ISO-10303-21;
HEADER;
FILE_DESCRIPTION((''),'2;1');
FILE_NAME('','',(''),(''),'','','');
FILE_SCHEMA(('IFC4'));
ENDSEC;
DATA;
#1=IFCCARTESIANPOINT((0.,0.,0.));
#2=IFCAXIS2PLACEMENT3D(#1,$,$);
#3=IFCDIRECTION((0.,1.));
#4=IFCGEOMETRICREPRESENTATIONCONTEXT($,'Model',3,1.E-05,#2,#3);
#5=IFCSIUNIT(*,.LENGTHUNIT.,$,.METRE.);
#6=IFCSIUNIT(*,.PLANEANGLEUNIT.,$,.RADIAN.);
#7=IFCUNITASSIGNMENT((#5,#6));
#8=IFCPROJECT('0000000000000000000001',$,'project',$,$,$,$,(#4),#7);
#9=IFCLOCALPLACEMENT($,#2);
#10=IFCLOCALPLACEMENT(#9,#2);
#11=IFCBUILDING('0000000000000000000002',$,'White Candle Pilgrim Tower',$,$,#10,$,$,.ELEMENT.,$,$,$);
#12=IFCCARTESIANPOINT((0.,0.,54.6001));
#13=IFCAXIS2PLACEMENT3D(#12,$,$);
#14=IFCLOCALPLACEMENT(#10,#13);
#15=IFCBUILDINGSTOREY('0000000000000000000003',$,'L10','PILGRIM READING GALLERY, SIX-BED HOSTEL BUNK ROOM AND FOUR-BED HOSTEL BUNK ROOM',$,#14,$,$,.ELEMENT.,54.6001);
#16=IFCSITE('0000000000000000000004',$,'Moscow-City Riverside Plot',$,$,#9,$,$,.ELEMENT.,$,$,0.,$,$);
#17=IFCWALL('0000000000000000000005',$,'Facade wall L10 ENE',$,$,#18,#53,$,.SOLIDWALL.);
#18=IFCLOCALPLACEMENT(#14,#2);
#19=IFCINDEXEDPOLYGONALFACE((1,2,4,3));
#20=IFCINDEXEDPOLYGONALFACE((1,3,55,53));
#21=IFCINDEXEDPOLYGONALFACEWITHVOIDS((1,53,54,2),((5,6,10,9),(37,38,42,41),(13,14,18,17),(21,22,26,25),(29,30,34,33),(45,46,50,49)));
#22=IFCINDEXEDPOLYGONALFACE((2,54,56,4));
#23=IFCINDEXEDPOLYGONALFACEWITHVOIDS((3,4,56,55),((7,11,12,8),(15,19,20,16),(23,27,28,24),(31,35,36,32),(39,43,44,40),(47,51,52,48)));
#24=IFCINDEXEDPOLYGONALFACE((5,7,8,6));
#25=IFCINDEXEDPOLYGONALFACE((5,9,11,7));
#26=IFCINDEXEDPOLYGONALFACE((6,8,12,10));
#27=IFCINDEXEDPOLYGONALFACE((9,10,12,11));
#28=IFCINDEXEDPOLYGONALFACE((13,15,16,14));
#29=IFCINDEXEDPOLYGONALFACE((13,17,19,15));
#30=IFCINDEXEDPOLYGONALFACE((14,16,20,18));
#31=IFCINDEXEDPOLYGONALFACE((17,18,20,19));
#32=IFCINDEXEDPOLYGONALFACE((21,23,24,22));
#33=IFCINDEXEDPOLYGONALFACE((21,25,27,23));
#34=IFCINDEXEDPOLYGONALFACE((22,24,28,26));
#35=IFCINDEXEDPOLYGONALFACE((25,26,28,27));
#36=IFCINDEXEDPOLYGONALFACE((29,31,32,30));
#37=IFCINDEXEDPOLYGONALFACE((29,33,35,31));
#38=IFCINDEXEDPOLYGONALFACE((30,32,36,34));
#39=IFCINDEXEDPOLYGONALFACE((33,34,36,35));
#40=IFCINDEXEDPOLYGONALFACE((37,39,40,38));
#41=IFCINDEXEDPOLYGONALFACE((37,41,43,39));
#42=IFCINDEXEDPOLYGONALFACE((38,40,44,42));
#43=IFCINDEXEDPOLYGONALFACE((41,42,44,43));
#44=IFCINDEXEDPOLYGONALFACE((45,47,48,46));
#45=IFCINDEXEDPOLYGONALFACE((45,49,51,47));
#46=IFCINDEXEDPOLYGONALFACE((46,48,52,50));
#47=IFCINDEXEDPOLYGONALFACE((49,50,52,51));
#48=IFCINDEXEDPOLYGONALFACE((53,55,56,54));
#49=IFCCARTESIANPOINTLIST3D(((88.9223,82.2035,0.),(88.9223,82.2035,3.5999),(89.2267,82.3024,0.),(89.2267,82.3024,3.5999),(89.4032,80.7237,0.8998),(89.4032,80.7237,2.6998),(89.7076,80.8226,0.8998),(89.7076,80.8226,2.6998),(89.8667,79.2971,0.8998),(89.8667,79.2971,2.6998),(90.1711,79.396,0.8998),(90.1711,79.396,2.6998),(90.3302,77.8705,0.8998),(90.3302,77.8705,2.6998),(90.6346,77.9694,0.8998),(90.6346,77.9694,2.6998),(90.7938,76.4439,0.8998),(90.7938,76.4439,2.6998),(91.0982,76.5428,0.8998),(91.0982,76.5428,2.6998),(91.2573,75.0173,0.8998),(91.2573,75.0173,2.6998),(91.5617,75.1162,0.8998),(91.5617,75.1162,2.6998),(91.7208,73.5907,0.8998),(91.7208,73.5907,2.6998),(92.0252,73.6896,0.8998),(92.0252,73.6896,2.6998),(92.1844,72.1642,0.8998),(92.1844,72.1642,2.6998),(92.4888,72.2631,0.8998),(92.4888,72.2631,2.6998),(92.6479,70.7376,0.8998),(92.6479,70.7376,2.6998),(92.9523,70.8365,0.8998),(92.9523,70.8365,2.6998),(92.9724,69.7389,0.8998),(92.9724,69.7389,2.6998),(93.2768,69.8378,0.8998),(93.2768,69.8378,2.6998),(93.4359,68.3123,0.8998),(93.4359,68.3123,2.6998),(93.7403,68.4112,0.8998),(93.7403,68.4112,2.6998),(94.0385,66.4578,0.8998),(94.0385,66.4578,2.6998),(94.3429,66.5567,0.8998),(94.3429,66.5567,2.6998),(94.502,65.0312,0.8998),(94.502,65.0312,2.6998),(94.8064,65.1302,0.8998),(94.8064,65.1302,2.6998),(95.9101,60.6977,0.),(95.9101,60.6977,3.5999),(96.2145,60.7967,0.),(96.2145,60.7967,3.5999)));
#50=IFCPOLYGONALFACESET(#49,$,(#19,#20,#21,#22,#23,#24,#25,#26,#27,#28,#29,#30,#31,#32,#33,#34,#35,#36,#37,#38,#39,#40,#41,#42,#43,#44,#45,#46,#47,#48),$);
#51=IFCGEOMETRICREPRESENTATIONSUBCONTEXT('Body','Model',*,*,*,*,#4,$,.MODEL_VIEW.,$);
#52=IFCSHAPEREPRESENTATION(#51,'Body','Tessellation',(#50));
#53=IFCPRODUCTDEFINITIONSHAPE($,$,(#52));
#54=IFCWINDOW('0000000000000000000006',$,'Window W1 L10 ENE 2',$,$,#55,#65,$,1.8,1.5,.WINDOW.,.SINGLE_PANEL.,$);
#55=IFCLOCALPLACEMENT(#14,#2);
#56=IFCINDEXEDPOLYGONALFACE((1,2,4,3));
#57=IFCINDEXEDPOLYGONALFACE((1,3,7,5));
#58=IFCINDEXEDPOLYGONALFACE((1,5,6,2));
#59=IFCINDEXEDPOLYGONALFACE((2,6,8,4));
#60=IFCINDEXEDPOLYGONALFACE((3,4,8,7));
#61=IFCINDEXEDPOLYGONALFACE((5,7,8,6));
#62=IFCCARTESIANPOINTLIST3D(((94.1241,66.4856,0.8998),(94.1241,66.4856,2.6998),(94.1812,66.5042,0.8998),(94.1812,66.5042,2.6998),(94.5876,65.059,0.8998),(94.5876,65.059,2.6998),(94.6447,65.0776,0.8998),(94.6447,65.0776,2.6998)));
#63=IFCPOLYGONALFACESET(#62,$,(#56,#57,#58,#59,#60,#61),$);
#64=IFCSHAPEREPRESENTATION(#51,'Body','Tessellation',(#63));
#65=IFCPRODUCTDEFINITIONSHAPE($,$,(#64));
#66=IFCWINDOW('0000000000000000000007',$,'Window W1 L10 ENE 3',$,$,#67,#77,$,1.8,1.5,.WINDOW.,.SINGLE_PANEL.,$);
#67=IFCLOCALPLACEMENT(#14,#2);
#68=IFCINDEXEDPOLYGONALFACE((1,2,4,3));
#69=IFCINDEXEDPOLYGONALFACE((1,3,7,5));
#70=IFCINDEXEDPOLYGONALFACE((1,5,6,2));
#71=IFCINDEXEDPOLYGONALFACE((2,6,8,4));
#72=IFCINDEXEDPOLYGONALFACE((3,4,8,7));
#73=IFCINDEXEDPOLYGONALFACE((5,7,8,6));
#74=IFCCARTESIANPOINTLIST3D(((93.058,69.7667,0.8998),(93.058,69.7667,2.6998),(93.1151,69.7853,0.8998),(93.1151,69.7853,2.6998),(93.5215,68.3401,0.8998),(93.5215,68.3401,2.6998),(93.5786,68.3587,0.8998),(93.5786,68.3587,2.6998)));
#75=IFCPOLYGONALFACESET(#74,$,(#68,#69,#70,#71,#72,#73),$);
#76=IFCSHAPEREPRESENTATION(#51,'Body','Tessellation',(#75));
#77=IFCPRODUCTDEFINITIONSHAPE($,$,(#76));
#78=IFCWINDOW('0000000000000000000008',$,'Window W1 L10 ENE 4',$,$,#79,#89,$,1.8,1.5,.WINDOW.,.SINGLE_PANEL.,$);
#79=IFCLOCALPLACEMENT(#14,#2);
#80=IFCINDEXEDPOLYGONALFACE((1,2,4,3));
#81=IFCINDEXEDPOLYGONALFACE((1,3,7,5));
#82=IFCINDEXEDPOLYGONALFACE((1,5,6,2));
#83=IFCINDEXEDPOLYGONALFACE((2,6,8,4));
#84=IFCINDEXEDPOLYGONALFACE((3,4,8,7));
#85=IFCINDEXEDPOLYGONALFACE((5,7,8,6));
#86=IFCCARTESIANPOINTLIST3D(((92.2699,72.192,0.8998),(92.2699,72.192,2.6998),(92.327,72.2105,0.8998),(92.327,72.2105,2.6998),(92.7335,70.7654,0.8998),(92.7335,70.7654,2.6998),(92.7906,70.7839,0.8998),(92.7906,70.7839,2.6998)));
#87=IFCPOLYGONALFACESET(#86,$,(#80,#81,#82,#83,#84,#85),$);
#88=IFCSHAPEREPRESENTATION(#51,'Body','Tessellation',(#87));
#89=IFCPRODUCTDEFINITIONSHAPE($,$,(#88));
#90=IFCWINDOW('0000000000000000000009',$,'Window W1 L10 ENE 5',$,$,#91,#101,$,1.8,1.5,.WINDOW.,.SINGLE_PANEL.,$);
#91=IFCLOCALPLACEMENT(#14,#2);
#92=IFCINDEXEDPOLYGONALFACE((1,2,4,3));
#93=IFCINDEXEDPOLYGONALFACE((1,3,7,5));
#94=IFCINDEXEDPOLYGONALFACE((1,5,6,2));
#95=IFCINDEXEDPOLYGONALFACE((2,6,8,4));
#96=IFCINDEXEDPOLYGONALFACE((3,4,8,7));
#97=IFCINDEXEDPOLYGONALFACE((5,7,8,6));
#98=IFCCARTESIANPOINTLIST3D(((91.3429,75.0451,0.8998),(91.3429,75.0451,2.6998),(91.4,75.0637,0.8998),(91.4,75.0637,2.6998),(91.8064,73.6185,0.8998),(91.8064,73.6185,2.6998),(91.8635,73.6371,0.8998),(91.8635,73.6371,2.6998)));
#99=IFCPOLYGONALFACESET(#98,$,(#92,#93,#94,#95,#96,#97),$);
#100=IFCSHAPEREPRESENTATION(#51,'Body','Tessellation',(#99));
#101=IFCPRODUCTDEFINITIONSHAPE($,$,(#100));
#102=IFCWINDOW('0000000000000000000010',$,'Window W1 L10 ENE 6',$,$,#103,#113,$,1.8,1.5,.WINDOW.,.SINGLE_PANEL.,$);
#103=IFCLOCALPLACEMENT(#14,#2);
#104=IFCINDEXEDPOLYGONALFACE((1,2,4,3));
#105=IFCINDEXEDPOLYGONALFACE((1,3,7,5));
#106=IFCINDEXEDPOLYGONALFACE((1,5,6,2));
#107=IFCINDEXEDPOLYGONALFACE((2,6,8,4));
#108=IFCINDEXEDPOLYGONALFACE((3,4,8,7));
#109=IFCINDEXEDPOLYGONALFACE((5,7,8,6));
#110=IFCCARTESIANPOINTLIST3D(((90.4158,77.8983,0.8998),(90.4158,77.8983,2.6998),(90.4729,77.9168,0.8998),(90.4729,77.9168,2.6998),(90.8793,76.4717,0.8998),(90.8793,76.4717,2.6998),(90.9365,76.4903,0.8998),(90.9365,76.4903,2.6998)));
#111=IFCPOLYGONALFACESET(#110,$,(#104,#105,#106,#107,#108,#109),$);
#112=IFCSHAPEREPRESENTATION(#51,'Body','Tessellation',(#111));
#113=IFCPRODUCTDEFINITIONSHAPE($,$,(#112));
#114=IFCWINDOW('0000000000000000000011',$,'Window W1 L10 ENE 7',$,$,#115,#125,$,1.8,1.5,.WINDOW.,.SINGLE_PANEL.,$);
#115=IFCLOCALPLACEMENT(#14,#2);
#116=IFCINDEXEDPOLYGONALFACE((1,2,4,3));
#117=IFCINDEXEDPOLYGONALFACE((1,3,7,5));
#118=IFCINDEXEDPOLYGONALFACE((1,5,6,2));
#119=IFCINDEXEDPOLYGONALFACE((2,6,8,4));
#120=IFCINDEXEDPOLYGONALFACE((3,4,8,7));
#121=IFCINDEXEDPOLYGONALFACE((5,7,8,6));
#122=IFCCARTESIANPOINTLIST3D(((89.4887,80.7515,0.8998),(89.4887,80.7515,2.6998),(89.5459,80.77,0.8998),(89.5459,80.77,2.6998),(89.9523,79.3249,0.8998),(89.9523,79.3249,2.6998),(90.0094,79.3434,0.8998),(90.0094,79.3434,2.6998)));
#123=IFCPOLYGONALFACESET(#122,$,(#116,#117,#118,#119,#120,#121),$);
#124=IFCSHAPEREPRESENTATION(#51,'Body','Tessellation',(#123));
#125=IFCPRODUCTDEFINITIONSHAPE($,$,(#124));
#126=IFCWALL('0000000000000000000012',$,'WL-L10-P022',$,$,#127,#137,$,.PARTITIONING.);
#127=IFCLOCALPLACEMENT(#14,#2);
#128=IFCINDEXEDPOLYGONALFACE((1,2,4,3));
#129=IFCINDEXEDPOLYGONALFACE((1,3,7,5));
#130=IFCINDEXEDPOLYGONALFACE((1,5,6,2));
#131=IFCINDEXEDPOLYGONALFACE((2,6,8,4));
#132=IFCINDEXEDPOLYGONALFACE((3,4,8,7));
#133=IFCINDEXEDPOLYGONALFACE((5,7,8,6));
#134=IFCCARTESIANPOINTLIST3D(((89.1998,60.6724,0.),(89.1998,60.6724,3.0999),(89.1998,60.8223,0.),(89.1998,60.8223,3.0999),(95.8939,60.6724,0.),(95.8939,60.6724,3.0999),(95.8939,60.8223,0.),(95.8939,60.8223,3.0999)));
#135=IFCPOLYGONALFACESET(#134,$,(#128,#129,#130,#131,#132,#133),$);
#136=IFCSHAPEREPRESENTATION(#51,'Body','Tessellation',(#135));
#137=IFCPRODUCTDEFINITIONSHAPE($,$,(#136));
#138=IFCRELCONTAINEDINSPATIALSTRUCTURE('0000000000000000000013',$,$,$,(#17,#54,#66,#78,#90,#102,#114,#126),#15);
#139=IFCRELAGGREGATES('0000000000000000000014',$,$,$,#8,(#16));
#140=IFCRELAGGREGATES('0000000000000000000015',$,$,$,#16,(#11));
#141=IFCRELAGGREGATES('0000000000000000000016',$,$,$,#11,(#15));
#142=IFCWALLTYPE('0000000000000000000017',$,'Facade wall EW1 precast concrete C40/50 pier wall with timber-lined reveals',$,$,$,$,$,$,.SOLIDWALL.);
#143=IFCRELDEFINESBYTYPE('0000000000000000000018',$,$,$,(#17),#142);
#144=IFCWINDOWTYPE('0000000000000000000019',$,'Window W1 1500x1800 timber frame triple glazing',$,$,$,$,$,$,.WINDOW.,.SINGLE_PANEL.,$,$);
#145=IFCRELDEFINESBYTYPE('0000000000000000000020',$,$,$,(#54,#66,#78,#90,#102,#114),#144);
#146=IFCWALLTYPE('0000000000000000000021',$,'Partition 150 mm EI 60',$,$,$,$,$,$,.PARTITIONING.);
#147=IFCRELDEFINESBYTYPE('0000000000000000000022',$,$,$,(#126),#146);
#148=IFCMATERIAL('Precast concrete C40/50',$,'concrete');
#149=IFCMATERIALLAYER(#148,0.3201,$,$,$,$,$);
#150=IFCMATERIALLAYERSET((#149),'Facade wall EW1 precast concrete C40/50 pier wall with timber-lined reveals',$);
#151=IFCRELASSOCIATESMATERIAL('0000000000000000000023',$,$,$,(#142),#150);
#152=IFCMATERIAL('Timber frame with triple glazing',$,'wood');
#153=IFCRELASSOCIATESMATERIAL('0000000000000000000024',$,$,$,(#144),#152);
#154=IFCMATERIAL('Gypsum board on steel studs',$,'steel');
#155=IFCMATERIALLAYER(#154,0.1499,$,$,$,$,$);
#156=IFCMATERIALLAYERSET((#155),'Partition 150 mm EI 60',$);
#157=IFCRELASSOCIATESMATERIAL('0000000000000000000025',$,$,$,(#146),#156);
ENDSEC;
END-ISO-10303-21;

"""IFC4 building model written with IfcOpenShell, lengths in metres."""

from ifc_helpers import new_model, si_unit, direction, frame, frame_2d, origin, place, context, subcontext, project, spatial, rectangle, extrude, material, layer, layer_set, type_object, element, fill, save


model = new_model("IFC4")

# Units and contexts
model_context = context("Model", 3, precision=1e-05, world=origin(), true_north=direction((0.0, 1.0)))
body_context = subcontext(model_context, "Body", "Model", "MODEL_VIEW")
ifc_project = project(units=[si_unit("LENGTHUNIT", "METRE"), si_unit("PLANEANGLEUNIT", "RADIAN")], contexts=[model_context])

# Site, building, storey
site_placement = place(None, origin())
site = spatial("IfcSite", under=ifc_project, at=site_placement, Name="Moscow-City Riverside Plot", CompositionType="ELEMENT", RefElevation=0.0)
building_placement = place(site_placement, origin())
building = spatial("IfcBuilding", under=site, at=building_placement, Name="White Candle Pilgrim Tower", CompositionType="ELEMENT")
storey_placement = place(building_placement, frame((0.0, 0.0, 54.6001)))
storey = spatial("IfcBuildingStorey", under=building, at=storey_placement, Name="L10", Description="PILGRIM READING GALLERY, SIX-BED HOSTEL BUNK ROOM AND FOUR-BED HOSTEL BUNK ROOM", CompositionType="ELEMENT", Elevation=54.6001)

# Shared definitions
ifc_material_1 = material(Name="Gypsum board on steel studs", Category="steel")

# Wall, openings, windows
ifc_material_2 = material(Name="Precast concrete C40/50", Category="concrete")
ifc_layer_1 = layer(ifc_material_2, 0.3201)
ifc_layer_set_1 = layer_set([ifc_layer_1], Name="Facade wall EW1 precast concrete C40/50 pier wall with timber-lined reveals")
wall_type_1 = type_object("IfcWallType", Name="Facade wall EW1 precast concrete C40/50 pier wall with timber-lined reveals", PredefinedType="SOLIDWALL", material=ifc_layer_set_1)
wall_1_placement = place(storey_placement, frame((96.0623, 60.7473, 0.0), z_axis=(0.0, 0.0, 1.0), x_axis=(-0.309022, 0.951055, 0.0)))
wall_1 = element("IfcWall", 1, at=wall_1_placement, inside=storey, type_object=wall_type_1, Name="Facade wall L10 ENE", PredefinedType="SOLIDWALL", context=body_context, shape_type="SweptSolid", body=[
    extrude(rectangle(XDim=22.6125, YDim=0.3201, at=frame_2d((11.3062, 0.0))), origin(), (0.0, 0.0, 1.0), 3.5999),
])
opening_1_placement = place(wall_1_placement, frame((4.5564, 0.0, 0.8999)))
opening_1 = element("IfcOpeningElement", 2, at=opening_1_placement, cuts=wall_1, PredefinedType="OPENING", context=body_context, shape_type="SweptSolid", body=[
    extrude(rectangle(XDim=1.5, YDim=1.8, at=frame_2d((0.75, 0.8999))), frame((0.0, 0.1699, 0.0), z_axis=(0.0, -1.0, 0.0), x_axis=(1.0, 0.0, 0.0)), (0.0, 0.0, 1.0), 0.3401),
])
opening_2_placement = place(wall_1_placement, frame((8.0063, 0.0, 0.8999)))
opening_2 = element("IfcOpeningElement", 3, at=opening_2_placement, cuts=wall_1, PredefinedType="OPENING", context=body_context, shape_type="SweptSolid", body=[
    extrude(rectangle(XDim=1.5, YDim=1.8, at=frame_2d((0.75, 0.8999))), frame((0.0, 0.1699, 0.0), z_axis=(0.0, -1.0, 0.0), x_axis=(1.0, 0.0, 0.0)), (0.0, 0.0, 1.0), 0.3401),
])
opening_3_placement = place(wall_1_placement, frame((10.5564, 0.0, 0.8999)))
opening_3 = element("IfcOpeningElement", 4, at=opening_3_placement, cuts=wall_1, PredefinedType="OPENING", context=body_context, shape_type="SweptSolid", body=[
    extrude(rectangle(XDim=1.5, YDim=1.8, at=frame_2d((0.75, 0.8999))), frame((0.0, 0.1699, 0.0), z_axis=(0.0, -1.0, 0.0), x_axis=(1.0, 0.0, 0.0)), (0.0, 0.0, 1.0), 0.3401),
])
opening_4_placement = place(wall_1_placement, frame((13.5564, 0.0, 0.8999)))
opening_4 = element("IfcOpeningElement", 5, at=opening_4_placement, cuts=wall_1, PredefinedType="OPENING", context=body_context, shape_type="SweptSolid", body=[
    extrude(rectangle(XDim=1.5, YDim=1.8, at=frame_2d((0.75, 0.8999))), frame((0.0, 0.1699, 0.0), z_axis=(0.0, -1.0, 0.0), x_axis=(1.0, 0.0, 0.0)), (0.0, 0.0, 1.0), 0.3401),
])
opening_5_placement = place(wall_1_placement, frame((16.5564, 0.0, 0.8999)))
opening_5 = element("IfcOpeningElement", 6, at=opening_5_placement, cuts=wall_1, PredefinedType="OPENING", context=body_context, shape_type="SweptSolid", body=[
    extrude(rectangle(XDim=1.5, YDim=1.8, at=frame_2d((0.75, 0.8999))), frame((0.0, 0.1699, 0.0), z_axis=(0.0, -1.0, 0.0), x_axis=(1.0, 0.0, 0.0)), (0.0, 0.0, 1.0), 0.3401),
])
opening_6_placement = place(wall_1_placement, frame((19.5564, 0.0, 0.8999)))
opening_6 = element("IfcOpeningElement", 7, at=opening_6_placement, cuts=wall_1, PredefinedType="OPENING", context=body_context, shape_type="SweptSolid", body=[
    extrude(rectangle(XDim=1.5, YDim=1.8, at=frame_2d((0.75, 0.8999))), frame((0.0, 0.1699, 0.0), z_axis=(0.0, -1.0, 0.0), x_axis=(1.0, 0.0, 0.0)), (0.0, 0.0, 1.0), 0.3401),
])
ifc_material_3 = material(Name="Timber frame with triple glazing", Category="wood")
window_type = type_object("IfcWindowType", Name="Window W1 1500x1800 timber frame triple glazing", PartitioningType="SINGLE_PANEL", PredefinedType="WINDOW", material=ifc_material_3)
window_1_placement = place(opening_1_placement, origin())
window_1 = element("IfcWindow", 8, at=window_1_placement, inside=storey, type_object=window_type, Name="Window W1 L10 ENE 2", OverallHeight=1.8, OverallWidth=1.5, PartitioningType="SINGLE_PANEL", PredefinedType="WINDOW", context=body_context, shape_type="SweptSolid", body=[
    extrude(rectangle(XDim=1.5, YDim=1.8, at=frame_2d((0.75, 0.8999))), frame((0.0, 0.0701, 0.0), z_axis=(0.0, -1.0, 0.0), x_axis=(1.0, 0.0, 0.0)), (0.0, 0.0, 1.0), 0.0601),
])
fill(opening_1, window_1)
window_2_placement = place(opening_2_placement, origin())
window_2 = element("IfcWindow", 9, at=window_2_placement, inside=storey, type_object=window_type, Name="Window W1 L10 ENE 3", OverallHeight=1.8, OverallWidth=1.5, PartitioningType="SINGLE_PANEL", PredefinedType="WINDOW", context=body_context, shape_type="SweptSolid", body=[
    extrude(rectangle(XDim=1.5, YDim=1.8, at=frame_2d((0.75, 0.8999))), frame((0.0, 0.0701, 0.0), z_axis=(0.0, -1.0, 0.0), x_axis=(1.0, 0.0, 0.0)), (0.0, 0.0, 1.0), 0.0601),
])
fill(opening_2, window_2)
window_3_placement = place(opening_3_placement, origin())
window_3 = element("IfcWindow", 10, at=window_3_placement, inside=storey, type_object=window_type, Name="Window W1 L10 ENE 4", OverallHeight=1.8, OverallWidth=1.5, PartitioningType="SINGLE_PANEL", PredefinedType="WINDOW", context=body_context, shape_type="SweptSolid", body=[
    extrude(rectangle(XDim=1.5, YDim=1.8, at=frame_2d((0.75, 0.8999))), frame((0.0, 0.0701, 0.0), z_axis=(0.0, -1.0, 0.0), x_axis=(1.0, 0.0, 0.0)), (0.0, 0.0, 1.0), 0.0601),
])
fill(opening_3, window_3)
window_4_placement = place(opening_4_placement, origin())
window_4 = element("IfcWindow", 11, at=window_4_placement, inside=storey, type_object=window_type, Name="Window W1 L10 ENE 5", OverallHeight=1.8, OverallWidth=1.5, PartitioningType="SINGLE_PANEL", PredefinedType="WINDOW", context=body_context, shape_type="SweptSolid", body=[
    extrude(rectangle(XDim=1.5, YDim=1.8, at=frame_2d((0.75, 0.8999))), frame((0.0, 0.0701, 0.0), z_axis=(0.0, -1.0, 0.0), x_axis=(1.0, 0.0, 0.0)), (0.0, 0.0, 1.0), 0.0601),
])
fill(opening_4, window_4)
window_5_placement = place(opening_5_placement, origin())
window_5 = element("IfcWindow", 12, at=window_5_placement, inside=storey, type_object=window_type, Name="Window W1 L10 ENE 6", OverallHeight=1.8, OverallWidth=1.5, PartitioningType="SINGLE_PANEL", PredefinedType="WINDOW", context=body_context, shape_type="SweptSolid", body=[
    extrude(rectangle(XDim=1.5, YDim=1.8, at=frame_2d((0.75, 0.8999))), frame((0.0, 0.0701, 0.0), z_axis=(0.0, -1.0, 0.0), x_axis=(1.0, 0.0, 0.0)), (0.0, 0.0, 1.0), 0.0601),
])
fill(opening_5, window_5)
window_6_placement = place(opening_6_placement, origin())
window_6 = element("IfcWindow", 13, at=window_6_placement, inside=storey, type_object=window_type, Name="Window W1 L10 ENE 7", OverallHeight=1.8, OverallWidth=1.5, PartitioningType="SINGLE_PANEL", PredefinedType="WINDOW", context=body_context, shape_type="SweptSolid", body=[
    extrude(rectangle(XDim=1.5, YDim=1.8, at=frame_2d((0.75, 0.8999))), frame((0.0, 0.0701, 0.0), z_axis=(0.0, -1.0, 0.0), x_axis=(1.0, 0.0, 0.0)), (0.0, 0.0, 1.0), 0.0601),
])
fill(opening_6, window_6)

# Wall
ifc_layer_2 = layer(ifc_material_1, 0.1499)
ifc_layer_set_2 = layer_set([ifc_layer_2], Name="Partition 150 mm EI 60")
wall_type_2 = type_object("IfcWallType", Name="Partition 150 mm EI 60", PredefinedType="PARTITIONING", material=ifc_layer_set_2)
wall_2_placement = place(storey_placement, frame((95.894, 60.7473, 0.0), z_axis=(0.0, 0.0, 1.0), x_axis=(-1.0, 0.0, 0.0)))
element("IfcWall", 14, at=wall_2_placement, inside=storey, type_object=wall_type_2, Name="WL-L10-P022", PredefinedType="PARTITIONING", context=body_context, shape_type="SweptSolid", body=[
    extrude(rectangle(XDim=6.6941, YDim=0.1499, at=frame_2d((3.3472, 0.0))), origin(), (0.0, 0.0, 1.0), 3.0999),
])

save(model, "model.ifc")
